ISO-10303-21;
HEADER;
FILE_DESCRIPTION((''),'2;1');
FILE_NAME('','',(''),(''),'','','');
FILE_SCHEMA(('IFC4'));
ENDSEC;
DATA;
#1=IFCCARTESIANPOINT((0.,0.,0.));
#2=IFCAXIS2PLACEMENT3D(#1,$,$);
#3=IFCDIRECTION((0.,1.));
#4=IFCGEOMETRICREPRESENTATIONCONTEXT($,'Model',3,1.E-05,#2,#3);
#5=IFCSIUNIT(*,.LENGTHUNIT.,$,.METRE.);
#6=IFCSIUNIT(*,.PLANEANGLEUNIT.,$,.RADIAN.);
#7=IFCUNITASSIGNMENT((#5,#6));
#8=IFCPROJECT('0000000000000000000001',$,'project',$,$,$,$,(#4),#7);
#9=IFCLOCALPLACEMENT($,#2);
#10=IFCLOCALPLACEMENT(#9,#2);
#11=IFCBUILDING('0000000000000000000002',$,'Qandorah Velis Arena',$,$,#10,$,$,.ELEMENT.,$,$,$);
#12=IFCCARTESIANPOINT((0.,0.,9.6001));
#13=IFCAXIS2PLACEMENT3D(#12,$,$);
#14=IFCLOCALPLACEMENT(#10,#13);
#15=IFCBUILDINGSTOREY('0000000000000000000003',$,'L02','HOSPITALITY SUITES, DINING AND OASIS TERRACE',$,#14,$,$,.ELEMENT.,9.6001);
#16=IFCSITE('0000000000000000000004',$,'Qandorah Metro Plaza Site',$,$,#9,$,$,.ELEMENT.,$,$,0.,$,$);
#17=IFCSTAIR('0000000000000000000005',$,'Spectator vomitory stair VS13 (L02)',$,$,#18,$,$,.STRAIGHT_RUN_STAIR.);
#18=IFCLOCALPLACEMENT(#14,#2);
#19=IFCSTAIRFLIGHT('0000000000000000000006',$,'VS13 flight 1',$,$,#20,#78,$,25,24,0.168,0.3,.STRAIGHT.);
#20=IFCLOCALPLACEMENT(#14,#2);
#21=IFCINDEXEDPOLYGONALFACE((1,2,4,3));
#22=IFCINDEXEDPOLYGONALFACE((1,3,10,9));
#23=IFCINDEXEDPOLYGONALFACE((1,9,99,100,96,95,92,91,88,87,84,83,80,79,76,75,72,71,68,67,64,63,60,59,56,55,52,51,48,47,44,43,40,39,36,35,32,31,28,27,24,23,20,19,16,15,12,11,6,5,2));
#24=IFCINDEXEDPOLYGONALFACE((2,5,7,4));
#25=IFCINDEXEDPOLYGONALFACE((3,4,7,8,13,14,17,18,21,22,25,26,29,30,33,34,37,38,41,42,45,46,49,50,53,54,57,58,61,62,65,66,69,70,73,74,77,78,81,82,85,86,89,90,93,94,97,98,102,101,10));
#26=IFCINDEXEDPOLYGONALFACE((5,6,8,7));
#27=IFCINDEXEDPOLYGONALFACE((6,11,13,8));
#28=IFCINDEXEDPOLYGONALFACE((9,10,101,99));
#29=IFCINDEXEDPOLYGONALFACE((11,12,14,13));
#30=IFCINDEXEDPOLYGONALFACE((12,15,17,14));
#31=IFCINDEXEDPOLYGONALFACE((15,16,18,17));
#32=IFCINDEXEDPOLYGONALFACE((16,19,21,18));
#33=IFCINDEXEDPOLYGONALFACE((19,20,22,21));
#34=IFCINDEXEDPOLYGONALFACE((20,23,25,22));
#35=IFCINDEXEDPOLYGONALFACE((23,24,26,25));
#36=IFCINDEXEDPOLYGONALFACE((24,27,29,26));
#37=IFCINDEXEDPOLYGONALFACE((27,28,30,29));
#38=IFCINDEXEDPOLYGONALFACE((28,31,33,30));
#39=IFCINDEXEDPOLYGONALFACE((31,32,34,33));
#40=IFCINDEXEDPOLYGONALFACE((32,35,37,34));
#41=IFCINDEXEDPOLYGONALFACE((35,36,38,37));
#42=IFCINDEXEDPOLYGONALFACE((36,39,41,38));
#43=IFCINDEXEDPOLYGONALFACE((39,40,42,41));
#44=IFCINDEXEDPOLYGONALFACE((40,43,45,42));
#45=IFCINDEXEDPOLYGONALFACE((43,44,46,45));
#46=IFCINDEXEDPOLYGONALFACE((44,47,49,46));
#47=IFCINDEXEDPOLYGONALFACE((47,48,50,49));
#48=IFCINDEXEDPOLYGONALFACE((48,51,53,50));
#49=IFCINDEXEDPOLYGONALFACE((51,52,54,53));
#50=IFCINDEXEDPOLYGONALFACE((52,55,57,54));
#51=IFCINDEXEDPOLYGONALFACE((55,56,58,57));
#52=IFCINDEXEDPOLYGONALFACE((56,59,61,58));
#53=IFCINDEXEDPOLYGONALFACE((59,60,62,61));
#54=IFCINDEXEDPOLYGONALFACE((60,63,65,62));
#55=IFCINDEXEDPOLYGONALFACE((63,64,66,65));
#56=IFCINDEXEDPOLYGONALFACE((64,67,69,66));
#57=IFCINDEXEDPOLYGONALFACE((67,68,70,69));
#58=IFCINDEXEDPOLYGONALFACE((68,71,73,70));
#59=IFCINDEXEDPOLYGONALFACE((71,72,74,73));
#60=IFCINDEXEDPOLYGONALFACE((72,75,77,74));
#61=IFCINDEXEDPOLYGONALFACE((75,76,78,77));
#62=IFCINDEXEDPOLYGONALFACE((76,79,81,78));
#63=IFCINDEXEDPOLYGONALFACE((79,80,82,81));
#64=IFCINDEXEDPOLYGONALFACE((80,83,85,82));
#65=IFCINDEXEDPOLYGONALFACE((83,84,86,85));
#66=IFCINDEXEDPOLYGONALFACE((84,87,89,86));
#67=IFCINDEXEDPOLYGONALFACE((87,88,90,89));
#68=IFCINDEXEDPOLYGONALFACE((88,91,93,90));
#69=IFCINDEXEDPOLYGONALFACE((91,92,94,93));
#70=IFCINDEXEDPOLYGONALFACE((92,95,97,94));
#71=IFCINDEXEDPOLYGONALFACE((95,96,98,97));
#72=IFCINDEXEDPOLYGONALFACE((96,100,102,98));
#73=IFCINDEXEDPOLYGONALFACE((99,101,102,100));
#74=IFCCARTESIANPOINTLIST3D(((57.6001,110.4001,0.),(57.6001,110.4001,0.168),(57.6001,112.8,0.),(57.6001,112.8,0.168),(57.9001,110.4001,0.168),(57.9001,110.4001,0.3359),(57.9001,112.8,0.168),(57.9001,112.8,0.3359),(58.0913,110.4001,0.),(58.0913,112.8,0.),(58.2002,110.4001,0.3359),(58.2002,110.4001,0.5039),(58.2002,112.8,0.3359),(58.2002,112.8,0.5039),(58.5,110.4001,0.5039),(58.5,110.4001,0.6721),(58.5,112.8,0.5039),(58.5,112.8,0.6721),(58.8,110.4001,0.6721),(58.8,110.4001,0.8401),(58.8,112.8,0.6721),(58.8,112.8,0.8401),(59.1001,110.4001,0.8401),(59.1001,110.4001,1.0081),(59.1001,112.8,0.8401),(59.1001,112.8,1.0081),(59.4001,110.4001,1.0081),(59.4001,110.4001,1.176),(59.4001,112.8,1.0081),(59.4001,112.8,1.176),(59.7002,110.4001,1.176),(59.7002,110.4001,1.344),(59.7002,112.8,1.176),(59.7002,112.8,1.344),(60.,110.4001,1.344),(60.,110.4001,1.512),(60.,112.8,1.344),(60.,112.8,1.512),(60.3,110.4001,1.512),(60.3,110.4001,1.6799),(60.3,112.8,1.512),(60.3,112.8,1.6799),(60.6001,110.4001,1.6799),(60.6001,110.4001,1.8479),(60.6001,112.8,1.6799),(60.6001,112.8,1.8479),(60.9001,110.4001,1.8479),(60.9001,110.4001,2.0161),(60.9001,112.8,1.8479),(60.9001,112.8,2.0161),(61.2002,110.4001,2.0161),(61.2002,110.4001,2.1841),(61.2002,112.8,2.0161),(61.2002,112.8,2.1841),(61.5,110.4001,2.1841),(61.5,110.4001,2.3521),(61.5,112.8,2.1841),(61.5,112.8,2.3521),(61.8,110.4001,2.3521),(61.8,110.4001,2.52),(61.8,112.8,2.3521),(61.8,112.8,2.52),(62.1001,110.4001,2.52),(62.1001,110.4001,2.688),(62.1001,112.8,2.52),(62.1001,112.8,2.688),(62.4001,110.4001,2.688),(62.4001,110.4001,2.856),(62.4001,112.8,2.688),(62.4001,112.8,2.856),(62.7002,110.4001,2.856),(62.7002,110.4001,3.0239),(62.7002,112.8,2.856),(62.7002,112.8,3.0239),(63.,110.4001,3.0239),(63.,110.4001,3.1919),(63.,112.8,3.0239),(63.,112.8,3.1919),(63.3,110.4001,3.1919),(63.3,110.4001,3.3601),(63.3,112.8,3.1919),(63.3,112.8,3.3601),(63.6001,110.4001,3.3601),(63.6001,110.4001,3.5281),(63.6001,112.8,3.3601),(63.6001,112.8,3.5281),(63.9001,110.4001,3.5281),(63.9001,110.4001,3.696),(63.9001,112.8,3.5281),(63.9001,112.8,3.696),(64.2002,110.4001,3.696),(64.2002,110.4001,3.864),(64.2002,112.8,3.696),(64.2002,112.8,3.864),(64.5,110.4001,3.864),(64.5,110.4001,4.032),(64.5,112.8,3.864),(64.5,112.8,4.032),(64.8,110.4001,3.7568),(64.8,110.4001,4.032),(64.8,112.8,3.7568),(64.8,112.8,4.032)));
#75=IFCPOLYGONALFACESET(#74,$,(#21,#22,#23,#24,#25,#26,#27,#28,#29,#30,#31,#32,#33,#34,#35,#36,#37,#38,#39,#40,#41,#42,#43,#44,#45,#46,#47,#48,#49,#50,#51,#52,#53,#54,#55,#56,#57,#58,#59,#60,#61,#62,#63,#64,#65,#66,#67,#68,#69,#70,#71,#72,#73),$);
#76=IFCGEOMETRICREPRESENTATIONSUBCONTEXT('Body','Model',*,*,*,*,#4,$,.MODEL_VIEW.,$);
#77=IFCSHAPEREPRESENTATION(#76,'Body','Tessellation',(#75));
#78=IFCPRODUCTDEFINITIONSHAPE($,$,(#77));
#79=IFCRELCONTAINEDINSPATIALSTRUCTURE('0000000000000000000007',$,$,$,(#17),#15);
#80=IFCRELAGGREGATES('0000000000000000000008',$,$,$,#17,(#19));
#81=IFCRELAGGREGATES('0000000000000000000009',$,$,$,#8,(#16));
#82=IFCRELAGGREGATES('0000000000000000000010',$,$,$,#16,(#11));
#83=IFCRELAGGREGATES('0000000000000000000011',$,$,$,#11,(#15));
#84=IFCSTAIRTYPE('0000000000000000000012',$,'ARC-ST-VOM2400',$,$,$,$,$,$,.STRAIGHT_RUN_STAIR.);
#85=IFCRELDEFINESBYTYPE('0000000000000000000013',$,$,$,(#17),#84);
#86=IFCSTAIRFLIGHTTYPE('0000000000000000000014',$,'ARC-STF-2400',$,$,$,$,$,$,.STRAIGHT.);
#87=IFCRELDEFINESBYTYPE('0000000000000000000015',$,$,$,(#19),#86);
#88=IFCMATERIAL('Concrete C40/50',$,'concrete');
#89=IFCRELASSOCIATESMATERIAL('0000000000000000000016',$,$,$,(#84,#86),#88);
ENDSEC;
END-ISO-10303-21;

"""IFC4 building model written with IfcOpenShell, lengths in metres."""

from ifc_helpers import new_model, si_unit, direction, frame, origin, place, context, subcontext, project, spatial, polyline, outline, extrude, material, type_object, element, aggregate, save


model = new_model("IFC4")

# Units and contexts
model_context = context("Model", 3, precision=1e-05, world=origin(), true_north=direction((0.0, 1.0)))
body_context = subcontext(model_context, "Body", "Model", "MODEL_VIEW")
ifc_project = project(units=[si_unit("LENGTHUNIT", "METRE"), si_unit("PLANEANGLEUNIT", "RADIAN")], contexts=[model_context])

# Site, building, storey
site_placement = place(None, origin())
site = spatial("IfcSite", under=ifc_project, at=site_placement, Name="Qandorah Metro Plaza Site", CompositionType="ELEMENT", RefElevation=0.0)
building_placement = place(site_placement, origin())
building = spatial("IfcBuilding", under=site, at=building_placement, Name="Qandorah Velis Arena", CompositionType="ELEMENT")
storey_placement = place(building_placement, frame((0.0, 0.0, 9.6001)))
storey = spatial("IfcBuildingStorey", under=building, at=storey_placement, Name="L02", Description="HOSPITALITY SUITES, DINING AND OASIS TERRACE", CompositionType="ELEMENT", Elevation=9.6001)

# Shared definitions
ifc_material_1 = material(Name="Concrete C40/50", Category="concrete")

# Stair, stair flight
stair_type = type_object("IfcStairType", Name="ARC-ST-VOM2400", PredefinedType="STRAIGHT_RUN_STAIR", material=ifc_material_1)
stair_placement = place(storey_placement, origin())
stair = element("IfcStair", 1, at=stair_placement, inside=storey, type_object=stair_type, Name="Spectator vomitory stair VS13 (L02)", PredefinedType="STRAIGHT_RUN_STAIR")
stair_flight_type = type_object("IfcStairFlightType", Name="ARC-STF-2400", PredefinedType="STRAIGHT", material=ifc_material_1)
stair_flight_placement = place(storey_placement, frame((57.6001, 111.6001, 0.0), z_axis=(0.0, 0.0, 1.0), x_axis=(1.0, 0.0, 0.0)))
stair_flight = element("IfcStairFlight", 2, at=stair_flight_placement, type_object=stair_flight_type, Name="VS13 flight 1", NumberOfRisers=25, NumberOfTreads=24, PredefinedType="STRAIGHT", RiserHeight=0.168, TreadLength=0.3, context=body_context, shape_type="SweptSolid", body=[
    extrude(outline(polyline([(0.0, 0.0), (0.0, 0.168), (0.3, 0.168), (0.3, 0.3359), (0.6001, 0.3359), (0.6001, 0.5039), (0.8999, 0.5039), (0.8999, 0.6721), (1.2, 0.6721), (1.2, 0.8401), (1.5, 0.8401), (1.5, 1.0081), (1.8, 1.0081), (1.8, 1.176), (2.1001, 1.176), (2.1001, 1.344), (2.3999, 1.344), (2.3999, 1.512), (2.7, 1.512), (2.7, 1.6799), (3.0, 1.6799), (3.0, 1.8479), (3.3, 1.8479), (3.3, 2.0161), (3.6001, 2.0161), (3.6001, 2.1841), (3.8999, 2.1841), (3.8999, 2.3521), (4.2, 2.3521), (4.2, 2.52), (4.5, 2.52), (4.5, 2.688), (4.8, 2.688), (4.8, 2.856), (5.1001, 2.856), (5.1001, 3.0239), (5.3999, 3.0239), (5.3999, 3.1919), (5.7, 3.1919), (5.7, 3.3601), (6.0, 3.3601), (6.0, 3.5281), (6.3, 3.5281), (6.3, 3.696), (6.6001, 3.696), (6.6001, 3.864), (6.8999, 3.864), (6.8999, 4.032), (7.2, 4.032), (7.2, 4.2), (7.2, 3.7568), (0.4912, 0.0), (0.0, 0.0)])), frame((0.0, 1.2, 0.0), z_axis=(0.0, -1.0, 0.0), x_axis=(1.0, 0.0, 0.0)), (0.0, 0.0, 1.0), 2.3999),
])
aggregate(stair, [stair_flight])

save(model, "model.ifc")
